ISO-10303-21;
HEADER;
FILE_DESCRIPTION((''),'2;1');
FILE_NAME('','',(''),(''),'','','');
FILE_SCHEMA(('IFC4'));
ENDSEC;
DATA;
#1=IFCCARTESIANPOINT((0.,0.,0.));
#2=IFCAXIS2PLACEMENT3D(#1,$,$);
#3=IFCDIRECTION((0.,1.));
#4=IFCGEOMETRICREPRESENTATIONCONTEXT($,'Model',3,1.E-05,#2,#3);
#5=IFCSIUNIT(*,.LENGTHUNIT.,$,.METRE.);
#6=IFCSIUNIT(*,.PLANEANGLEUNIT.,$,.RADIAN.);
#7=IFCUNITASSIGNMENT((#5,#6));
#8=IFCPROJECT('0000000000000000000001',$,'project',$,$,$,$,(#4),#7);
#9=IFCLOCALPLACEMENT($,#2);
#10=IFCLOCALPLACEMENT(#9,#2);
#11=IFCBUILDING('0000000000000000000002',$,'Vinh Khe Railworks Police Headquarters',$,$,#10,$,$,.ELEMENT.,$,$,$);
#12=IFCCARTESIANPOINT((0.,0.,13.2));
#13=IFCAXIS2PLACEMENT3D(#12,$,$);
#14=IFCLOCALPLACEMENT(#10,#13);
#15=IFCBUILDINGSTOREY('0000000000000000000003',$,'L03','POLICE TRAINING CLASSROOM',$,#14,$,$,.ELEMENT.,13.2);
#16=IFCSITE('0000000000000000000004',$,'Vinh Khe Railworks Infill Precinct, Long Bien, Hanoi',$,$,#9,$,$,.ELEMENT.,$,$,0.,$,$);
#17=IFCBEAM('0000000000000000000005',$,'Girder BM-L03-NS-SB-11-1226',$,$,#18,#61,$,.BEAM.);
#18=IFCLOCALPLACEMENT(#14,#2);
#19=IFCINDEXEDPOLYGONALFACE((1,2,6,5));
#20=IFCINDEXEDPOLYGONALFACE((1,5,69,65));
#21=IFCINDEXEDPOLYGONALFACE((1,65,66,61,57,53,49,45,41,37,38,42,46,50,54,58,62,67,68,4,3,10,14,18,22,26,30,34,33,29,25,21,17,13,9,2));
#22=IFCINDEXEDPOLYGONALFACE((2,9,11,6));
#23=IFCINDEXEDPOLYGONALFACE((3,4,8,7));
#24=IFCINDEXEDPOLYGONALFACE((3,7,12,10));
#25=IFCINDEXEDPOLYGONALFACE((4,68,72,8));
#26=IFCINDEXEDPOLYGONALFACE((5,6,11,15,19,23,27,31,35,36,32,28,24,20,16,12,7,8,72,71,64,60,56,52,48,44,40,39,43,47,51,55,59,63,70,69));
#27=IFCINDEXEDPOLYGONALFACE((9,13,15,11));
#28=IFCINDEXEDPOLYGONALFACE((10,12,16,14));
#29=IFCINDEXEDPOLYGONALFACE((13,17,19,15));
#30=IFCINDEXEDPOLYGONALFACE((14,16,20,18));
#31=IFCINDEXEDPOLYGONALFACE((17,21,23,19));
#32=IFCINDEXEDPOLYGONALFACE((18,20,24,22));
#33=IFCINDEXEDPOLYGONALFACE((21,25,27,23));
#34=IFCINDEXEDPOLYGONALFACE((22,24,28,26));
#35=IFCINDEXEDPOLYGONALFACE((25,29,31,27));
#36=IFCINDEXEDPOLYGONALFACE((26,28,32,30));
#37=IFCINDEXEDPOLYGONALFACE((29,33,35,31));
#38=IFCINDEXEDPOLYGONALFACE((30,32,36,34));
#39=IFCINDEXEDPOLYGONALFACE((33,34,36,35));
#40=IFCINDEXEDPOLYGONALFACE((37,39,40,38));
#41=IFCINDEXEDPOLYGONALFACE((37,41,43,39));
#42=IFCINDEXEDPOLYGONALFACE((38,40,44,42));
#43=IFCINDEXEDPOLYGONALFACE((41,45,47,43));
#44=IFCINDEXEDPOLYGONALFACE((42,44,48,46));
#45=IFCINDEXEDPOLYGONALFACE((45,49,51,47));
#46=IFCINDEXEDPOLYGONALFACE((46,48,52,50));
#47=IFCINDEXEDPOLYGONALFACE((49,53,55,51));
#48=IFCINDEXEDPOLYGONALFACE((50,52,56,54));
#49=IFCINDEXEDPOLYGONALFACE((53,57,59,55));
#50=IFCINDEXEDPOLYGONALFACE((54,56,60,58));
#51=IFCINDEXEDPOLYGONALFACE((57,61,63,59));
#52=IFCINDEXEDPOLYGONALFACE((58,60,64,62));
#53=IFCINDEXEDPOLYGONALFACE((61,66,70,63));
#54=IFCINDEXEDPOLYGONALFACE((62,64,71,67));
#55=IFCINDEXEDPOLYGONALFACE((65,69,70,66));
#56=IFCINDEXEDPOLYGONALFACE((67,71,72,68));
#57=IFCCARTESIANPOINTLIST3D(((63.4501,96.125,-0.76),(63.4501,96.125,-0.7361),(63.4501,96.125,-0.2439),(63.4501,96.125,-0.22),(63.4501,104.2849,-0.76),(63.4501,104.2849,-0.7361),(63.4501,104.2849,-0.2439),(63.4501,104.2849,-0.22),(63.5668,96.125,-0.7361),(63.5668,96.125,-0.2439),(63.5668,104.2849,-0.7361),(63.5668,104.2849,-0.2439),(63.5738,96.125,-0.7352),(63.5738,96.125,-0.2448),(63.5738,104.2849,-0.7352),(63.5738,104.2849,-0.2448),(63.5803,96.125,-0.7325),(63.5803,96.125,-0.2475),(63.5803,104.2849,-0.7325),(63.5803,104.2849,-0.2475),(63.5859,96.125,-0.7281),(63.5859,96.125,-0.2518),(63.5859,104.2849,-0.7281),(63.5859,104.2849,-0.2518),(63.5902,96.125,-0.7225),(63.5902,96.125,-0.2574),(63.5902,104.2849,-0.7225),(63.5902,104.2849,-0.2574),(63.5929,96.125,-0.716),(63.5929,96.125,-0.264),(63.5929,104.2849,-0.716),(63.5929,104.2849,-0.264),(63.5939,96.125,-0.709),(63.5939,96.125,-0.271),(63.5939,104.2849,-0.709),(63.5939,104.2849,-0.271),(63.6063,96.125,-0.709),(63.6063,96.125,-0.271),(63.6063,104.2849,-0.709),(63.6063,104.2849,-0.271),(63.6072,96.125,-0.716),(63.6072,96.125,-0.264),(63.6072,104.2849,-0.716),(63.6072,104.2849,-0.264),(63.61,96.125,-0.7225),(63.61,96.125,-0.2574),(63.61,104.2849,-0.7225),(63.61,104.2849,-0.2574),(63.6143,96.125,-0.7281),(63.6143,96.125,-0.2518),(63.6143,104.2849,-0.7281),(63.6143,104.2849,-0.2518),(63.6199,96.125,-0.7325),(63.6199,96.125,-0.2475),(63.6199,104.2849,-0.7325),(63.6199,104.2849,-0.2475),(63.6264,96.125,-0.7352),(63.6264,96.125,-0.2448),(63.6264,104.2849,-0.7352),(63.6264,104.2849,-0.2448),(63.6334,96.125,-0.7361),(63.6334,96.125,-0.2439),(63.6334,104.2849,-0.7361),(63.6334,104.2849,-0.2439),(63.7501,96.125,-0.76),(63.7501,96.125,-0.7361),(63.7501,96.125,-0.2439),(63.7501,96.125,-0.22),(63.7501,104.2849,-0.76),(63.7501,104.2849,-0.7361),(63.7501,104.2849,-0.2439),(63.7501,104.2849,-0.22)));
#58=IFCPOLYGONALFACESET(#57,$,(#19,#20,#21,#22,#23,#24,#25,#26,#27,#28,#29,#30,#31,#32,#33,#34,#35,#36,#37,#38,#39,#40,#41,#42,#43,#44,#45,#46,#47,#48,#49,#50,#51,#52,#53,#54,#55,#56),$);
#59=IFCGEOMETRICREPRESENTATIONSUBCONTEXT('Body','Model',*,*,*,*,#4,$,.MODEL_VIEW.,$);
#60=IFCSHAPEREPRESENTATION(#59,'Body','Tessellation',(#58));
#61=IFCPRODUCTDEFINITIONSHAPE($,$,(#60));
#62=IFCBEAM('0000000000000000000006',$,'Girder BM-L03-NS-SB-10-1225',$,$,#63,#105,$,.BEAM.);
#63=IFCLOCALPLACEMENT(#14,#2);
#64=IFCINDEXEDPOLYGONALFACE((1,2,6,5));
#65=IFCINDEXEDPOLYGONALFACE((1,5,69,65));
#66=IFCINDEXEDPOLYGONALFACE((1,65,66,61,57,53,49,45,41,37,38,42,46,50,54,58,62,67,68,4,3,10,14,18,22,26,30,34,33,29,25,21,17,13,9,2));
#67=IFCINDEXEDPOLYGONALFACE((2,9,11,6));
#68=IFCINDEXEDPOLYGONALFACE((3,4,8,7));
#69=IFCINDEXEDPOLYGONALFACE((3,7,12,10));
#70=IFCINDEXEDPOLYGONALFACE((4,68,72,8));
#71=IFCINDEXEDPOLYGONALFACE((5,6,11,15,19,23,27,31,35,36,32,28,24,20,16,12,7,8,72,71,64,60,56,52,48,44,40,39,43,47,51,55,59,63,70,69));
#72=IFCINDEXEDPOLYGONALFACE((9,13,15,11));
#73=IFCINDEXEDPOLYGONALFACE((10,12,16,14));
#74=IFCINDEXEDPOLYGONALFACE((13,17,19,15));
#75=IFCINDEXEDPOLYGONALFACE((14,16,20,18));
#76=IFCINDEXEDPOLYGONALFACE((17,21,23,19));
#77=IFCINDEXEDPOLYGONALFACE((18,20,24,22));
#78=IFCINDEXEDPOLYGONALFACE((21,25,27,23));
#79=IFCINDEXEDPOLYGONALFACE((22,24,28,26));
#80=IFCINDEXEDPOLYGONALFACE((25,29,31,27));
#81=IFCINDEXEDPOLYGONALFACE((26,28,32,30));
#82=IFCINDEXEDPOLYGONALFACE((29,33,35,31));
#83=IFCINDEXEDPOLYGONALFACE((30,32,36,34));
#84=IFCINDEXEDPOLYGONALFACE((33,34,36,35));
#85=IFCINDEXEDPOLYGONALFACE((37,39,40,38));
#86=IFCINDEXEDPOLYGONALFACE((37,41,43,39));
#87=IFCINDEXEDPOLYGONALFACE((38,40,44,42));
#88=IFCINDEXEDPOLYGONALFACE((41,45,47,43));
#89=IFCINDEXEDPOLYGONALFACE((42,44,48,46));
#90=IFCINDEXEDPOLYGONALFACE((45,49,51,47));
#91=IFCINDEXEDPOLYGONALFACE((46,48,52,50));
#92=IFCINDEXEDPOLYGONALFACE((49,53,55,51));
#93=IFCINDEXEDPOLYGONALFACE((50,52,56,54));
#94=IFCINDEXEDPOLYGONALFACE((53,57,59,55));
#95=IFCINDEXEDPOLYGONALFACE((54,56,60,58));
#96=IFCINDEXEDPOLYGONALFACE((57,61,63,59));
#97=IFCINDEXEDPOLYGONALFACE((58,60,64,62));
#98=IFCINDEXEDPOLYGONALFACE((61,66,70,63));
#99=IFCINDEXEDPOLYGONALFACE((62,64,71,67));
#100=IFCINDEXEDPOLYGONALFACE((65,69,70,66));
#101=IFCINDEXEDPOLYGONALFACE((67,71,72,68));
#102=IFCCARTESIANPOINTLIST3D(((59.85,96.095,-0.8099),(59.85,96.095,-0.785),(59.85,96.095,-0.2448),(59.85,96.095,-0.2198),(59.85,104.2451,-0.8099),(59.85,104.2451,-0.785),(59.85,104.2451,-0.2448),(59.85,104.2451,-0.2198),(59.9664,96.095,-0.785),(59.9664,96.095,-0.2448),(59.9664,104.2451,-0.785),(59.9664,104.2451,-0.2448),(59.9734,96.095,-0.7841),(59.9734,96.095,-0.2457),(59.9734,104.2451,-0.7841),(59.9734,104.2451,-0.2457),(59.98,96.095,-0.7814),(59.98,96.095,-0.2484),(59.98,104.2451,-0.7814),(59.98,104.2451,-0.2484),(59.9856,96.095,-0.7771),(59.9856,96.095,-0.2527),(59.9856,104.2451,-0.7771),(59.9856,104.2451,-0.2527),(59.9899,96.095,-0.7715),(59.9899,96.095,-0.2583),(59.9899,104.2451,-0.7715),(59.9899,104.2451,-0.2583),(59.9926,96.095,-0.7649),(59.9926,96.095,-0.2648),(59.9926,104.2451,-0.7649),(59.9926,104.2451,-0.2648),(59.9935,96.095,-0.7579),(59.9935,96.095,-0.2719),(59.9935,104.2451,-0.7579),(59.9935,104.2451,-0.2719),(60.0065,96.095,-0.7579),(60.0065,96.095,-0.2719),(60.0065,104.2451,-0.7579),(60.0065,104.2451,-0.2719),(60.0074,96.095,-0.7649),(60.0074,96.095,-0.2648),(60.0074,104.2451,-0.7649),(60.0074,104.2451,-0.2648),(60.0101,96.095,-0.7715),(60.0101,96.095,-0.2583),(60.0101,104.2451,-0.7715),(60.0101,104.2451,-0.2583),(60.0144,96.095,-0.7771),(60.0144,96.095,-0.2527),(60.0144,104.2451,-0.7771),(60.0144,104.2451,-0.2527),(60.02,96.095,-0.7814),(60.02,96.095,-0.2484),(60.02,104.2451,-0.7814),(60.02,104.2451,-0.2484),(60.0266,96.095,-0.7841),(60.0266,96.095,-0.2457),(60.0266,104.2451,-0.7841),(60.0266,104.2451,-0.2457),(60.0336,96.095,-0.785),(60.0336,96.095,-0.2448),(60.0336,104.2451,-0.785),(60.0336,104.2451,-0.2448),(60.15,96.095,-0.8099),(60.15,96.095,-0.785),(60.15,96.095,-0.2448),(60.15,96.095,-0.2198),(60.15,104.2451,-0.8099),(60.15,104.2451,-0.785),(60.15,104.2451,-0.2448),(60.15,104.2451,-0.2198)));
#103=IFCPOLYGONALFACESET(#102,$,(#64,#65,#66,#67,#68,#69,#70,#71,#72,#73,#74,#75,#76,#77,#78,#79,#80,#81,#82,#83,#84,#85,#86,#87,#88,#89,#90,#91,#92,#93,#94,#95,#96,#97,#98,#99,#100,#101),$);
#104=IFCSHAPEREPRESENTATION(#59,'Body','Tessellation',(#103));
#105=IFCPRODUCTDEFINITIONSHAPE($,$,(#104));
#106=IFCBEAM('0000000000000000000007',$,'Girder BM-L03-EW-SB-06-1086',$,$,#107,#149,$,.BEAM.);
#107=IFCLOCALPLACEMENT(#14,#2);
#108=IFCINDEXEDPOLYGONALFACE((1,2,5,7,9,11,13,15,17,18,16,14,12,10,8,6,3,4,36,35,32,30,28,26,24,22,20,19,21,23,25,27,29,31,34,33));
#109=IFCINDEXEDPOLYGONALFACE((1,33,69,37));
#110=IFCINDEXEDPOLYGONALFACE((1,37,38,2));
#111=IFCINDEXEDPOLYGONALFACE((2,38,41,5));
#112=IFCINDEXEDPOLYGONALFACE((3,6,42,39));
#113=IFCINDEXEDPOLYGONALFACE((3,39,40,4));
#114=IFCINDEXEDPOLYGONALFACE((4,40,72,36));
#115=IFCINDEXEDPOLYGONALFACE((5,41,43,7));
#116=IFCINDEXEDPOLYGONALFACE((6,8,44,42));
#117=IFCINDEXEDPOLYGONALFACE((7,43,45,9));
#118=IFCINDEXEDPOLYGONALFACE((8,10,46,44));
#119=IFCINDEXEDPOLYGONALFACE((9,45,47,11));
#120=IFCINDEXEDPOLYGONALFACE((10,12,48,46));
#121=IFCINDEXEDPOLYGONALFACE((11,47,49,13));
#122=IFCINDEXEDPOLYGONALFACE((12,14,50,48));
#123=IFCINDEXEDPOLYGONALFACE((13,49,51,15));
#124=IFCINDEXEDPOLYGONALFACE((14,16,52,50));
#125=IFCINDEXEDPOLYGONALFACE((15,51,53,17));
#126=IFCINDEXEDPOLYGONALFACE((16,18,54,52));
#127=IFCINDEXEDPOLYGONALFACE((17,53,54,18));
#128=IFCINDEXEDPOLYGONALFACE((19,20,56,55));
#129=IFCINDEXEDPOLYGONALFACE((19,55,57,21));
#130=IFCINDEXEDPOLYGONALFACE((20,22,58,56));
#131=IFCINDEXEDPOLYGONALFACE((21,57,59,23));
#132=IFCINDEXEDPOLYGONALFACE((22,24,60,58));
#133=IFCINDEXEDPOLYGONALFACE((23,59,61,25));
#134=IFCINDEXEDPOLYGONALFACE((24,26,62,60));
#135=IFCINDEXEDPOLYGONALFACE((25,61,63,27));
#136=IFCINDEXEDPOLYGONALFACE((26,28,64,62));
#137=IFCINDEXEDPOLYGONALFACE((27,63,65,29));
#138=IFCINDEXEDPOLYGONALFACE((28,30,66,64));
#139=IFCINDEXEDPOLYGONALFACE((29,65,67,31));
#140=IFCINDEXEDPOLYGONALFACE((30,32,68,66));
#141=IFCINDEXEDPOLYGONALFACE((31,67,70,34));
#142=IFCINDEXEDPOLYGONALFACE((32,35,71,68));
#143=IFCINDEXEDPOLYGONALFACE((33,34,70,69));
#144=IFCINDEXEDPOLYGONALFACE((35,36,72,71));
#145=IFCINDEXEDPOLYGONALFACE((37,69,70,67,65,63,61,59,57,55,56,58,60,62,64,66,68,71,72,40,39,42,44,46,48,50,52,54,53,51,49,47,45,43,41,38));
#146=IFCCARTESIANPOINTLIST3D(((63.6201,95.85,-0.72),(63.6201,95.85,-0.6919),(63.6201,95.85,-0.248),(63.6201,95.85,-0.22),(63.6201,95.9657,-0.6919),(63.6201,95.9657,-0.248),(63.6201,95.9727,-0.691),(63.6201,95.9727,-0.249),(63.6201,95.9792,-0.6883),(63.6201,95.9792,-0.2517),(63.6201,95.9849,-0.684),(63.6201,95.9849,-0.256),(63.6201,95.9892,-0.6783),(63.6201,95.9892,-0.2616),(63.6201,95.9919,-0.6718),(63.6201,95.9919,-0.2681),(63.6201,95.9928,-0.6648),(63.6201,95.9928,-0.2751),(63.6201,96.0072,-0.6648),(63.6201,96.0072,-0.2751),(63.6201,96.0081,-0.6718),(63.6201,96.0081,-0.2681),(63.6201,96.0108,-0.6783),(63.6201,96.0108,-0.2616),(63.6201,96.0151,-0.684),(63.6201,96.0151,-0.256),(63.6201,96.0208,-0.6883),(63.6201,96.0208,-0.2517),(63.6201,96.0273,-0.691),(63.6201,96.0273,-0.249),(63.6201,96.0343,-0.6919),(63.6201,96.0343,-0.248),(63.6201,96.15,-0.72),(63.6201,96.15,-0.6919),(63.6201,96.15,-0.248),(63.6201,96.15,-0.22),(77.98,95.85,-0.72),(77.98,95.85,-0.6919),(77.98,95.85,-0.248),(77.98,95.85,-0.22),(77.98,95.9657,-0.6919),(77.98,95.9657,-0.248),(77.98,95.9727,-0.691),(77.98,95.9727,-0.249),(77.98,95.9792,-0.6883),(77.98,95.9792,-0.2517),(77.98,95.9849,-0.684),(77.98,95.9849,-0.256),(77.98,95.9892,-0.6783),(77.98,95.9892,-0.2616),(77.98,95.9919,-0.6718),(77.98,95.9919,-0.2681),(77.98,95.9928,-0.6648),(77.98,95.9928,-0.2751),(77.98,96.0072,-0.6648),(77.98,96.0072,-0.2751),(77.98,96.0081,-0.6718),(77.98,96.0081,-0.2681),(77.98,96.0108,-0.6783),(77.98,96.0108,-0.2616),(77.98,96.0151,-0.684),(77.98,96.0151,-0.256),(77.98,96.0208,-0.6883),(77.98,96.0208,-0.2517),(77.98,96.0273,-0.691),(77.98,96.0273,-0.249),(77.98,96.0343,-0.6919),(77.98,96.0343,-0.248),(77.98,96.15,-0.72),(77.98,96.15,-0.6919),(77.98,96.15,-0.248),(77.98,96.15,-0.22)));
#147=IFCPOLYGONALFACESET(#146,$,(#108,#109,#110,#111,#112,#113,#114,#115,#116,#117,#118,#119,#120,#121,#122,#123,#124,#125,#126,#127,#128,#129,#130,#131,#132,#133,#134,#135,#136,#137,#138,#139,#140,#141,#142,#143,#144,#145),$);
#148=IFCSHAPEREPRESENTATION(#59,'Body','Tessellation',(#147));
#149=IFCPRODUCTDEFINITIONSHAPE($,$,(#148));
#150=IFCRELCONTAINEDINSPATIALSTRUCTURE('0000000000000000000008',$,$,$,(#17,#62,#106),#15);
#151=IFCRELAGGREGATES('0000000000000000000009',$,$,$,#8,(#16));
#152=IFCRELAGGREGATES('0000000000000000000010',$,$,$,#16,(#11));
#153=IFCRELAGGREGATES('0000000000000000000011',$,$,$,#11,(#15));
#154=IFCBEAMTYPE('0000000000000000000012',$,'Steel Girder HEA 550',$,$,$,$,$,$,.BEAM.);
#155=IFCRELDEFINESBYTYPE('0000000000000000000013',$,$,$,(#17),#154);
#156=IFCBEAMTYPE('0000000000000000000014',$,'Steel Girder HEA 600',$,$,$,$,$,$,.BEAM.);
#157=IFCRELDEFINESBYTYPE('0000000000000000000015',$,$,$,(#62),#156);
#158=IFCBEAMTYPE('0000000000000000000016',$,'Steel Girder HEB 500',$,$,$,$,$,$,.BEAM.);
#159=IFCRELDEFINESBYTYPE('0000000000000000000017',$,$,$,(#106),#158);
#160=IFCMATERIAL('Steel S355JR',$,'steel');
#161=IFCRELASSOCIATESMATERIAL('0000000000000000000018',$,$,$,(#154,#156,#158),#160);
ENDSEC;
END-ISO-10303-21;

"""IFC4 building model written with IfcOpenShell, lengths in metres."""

from ifc_helpers import new_model, si_unit, direction, frame, origin, origin_2d, place, context, subcontext, project, spatial, i_section, extrude, material, material_profile, profile_set, type_object, element, save


model = new_model("IFC4")

# Units and contexts
model_context = context("Model", 3, precision=1e-05, world=origin(), true_north=direction((0.0, 1.0)))
body_context = subcontext(model_context, "Body", "Model", "MODEL_VIEW")
ifc_project = project(units=[si_unit("LENGTHUNIT", "METRE"), si_unit("PLANEANGLEUNIT", "RADIAN")], contexts=[model_context])

# Site, building, storey
site_placement = place(None, origin())
site = spatial("IfcSite", under=ifc_project, at=site_placement, Name="Vinh Khe Railworks Infill Precinct, Long Bien, Hanoi", CompositionType="ELEMENT", RefElevation=0.0)
building_placement = place(site_placement, origin())
building = spatial("IfcBuilding", under=site, at=building_placement, Name="Vinh Khe Railworks Police Headquarters", CompositionType="ELEMENT")
storey_placement = place(building_placement, frame((0.0, 0.0, 13.2)))
storey = spatial("IfcBuildingStorey", under=building, at=storey_placement, Name="L03", Description="POLICE TRAINING CLASSROOM", CompositionType="ELEMENT", Elevation=13.2)

# Shared definitions
ifc_material_1 = material(Name="Steel S355JR", Category="steel")

# Beams
ifc_material_profile_1 = material_profile(ifc_material_1, i_section(OverallWidth=0.3, OverallDepth=0.54, WebThickness=0.0125, FlangeThickness=0.0239, FilletRadius=0.0271, at=origin_2d()), Name="HEA 550")
ifc_profile_set_1 = profile_set([ifc_material_profile_1], Name="Steel S355JR")
beam_type_1 = type_object("IfcBeamType", Name="Steel Girder HEA 550", PredefinedType="BEAM", material=ifc_profile_set_1)
beam_1_placement = place(storey_placement, frame((63.6001, 96.125, -0.49), z_axis=(0.0, 1.0, 0.0), x_axis=(-1.0, 0.0, 0.0)))
element("IfcBeam", 1, at=beam_1_placement, inside=storey, type_object=beam_type_1, Name="Girder BM-L03-NS-SB-11-1226", PredefinedType="BEAM", context=body_context, shape_type="SweptSolid", body=[
    extrude(i_section(OverallWidth=0.3, OverallDepth=0.54, WebThickness=0.0125, FlangeThickness=0.0239, FilletRadius=0.0271, at=origin_2d()), origin(), (0.0, 0.0, 1.0), 8.1599),
])
ifc_material_profile_2 = material_profile(ifc_material_1, i_section(OverallWidth=0.3, OverallDepth=0.5901, WebThickness=0.0129, FlangeThickness=0.0249, FilletRadius=0.0271, at=origin_2d()), Name="HEA 600")
ifc_profile_set_2 = profile_set([ifc_material_profile_2], Name="Steel S355JR")
beam_type_2 = type_object("IfcBeamType", Name="Steel Girder HEA 600", PredefinedType="BEAM", material=ifc_profile_set_2)
beam_2_placement = place(storey_placement, frame((60.0, 96.095, -0.5149), z_axis=(0.0, 1.0, 0.0), x_axis=(-1.0, 0.0, 0.0)))
element("IfcBeam", 2, at=beam_2_placement, inside=storey, type_object=beam_type_2, Name="Girder BM-L03-NS-SB-10-1225", PredefinedType="BEAM", context=body_context, shape_type="SweptSolid", body=[
    extrude(i_section(OverallWidth=0.3, OverallDepth=0.5901, WebThickness=0.0129, FlangeThickness=0.0249, FilletRadius=0.0271, at=origin_2d()), origin(), (0.0, 0.0, 1.0), 8.1501),
])
ifc_material_profile_3 = material_profile(ifc_material_1, i_section(OverallWidth=0.3, OverallDepth=0.5, WebThickness=0.0144, FlangeThickness=0.0281, FilletRadius=0.0271, at=origin_2d()), Name="HEB 500")
ifc_profile_set_3 = profile_set([ifc_material_profile_3], Name="Steel S355JR")
beam_type_3 = type_object("IfcBeamType", Name="Steel Girder HEB 500", PredefinedType="BEAM", material=ifc_profile_set_3)
beam_3_placement = place(storey_placement, frame((63.6201, 96.0, -0.47), z_axis=(1.0, 0.0, 0.0), x_axis=(0.0, 1.0, 0.0)))
element("IfcBeam", 3, at=beam_3_placement, inside=storey, type_object=beam_type_3, Name="Girder BM-L03-EW-SB-06-1086", PredefinedType="BEAM", context=body_context, shape_type="SweptSolid", body=[
    extrude(i_section(OverallWidth=0.3, OverallDepth=0.5, WebThickness=0.0144, FlangeThickness=0.0281, FilletRadius=0.0271, at=origin_2d()), origin(), (0.0, 0.0, 1.0), 14.3599),
])

save(model, "model.ifc")
